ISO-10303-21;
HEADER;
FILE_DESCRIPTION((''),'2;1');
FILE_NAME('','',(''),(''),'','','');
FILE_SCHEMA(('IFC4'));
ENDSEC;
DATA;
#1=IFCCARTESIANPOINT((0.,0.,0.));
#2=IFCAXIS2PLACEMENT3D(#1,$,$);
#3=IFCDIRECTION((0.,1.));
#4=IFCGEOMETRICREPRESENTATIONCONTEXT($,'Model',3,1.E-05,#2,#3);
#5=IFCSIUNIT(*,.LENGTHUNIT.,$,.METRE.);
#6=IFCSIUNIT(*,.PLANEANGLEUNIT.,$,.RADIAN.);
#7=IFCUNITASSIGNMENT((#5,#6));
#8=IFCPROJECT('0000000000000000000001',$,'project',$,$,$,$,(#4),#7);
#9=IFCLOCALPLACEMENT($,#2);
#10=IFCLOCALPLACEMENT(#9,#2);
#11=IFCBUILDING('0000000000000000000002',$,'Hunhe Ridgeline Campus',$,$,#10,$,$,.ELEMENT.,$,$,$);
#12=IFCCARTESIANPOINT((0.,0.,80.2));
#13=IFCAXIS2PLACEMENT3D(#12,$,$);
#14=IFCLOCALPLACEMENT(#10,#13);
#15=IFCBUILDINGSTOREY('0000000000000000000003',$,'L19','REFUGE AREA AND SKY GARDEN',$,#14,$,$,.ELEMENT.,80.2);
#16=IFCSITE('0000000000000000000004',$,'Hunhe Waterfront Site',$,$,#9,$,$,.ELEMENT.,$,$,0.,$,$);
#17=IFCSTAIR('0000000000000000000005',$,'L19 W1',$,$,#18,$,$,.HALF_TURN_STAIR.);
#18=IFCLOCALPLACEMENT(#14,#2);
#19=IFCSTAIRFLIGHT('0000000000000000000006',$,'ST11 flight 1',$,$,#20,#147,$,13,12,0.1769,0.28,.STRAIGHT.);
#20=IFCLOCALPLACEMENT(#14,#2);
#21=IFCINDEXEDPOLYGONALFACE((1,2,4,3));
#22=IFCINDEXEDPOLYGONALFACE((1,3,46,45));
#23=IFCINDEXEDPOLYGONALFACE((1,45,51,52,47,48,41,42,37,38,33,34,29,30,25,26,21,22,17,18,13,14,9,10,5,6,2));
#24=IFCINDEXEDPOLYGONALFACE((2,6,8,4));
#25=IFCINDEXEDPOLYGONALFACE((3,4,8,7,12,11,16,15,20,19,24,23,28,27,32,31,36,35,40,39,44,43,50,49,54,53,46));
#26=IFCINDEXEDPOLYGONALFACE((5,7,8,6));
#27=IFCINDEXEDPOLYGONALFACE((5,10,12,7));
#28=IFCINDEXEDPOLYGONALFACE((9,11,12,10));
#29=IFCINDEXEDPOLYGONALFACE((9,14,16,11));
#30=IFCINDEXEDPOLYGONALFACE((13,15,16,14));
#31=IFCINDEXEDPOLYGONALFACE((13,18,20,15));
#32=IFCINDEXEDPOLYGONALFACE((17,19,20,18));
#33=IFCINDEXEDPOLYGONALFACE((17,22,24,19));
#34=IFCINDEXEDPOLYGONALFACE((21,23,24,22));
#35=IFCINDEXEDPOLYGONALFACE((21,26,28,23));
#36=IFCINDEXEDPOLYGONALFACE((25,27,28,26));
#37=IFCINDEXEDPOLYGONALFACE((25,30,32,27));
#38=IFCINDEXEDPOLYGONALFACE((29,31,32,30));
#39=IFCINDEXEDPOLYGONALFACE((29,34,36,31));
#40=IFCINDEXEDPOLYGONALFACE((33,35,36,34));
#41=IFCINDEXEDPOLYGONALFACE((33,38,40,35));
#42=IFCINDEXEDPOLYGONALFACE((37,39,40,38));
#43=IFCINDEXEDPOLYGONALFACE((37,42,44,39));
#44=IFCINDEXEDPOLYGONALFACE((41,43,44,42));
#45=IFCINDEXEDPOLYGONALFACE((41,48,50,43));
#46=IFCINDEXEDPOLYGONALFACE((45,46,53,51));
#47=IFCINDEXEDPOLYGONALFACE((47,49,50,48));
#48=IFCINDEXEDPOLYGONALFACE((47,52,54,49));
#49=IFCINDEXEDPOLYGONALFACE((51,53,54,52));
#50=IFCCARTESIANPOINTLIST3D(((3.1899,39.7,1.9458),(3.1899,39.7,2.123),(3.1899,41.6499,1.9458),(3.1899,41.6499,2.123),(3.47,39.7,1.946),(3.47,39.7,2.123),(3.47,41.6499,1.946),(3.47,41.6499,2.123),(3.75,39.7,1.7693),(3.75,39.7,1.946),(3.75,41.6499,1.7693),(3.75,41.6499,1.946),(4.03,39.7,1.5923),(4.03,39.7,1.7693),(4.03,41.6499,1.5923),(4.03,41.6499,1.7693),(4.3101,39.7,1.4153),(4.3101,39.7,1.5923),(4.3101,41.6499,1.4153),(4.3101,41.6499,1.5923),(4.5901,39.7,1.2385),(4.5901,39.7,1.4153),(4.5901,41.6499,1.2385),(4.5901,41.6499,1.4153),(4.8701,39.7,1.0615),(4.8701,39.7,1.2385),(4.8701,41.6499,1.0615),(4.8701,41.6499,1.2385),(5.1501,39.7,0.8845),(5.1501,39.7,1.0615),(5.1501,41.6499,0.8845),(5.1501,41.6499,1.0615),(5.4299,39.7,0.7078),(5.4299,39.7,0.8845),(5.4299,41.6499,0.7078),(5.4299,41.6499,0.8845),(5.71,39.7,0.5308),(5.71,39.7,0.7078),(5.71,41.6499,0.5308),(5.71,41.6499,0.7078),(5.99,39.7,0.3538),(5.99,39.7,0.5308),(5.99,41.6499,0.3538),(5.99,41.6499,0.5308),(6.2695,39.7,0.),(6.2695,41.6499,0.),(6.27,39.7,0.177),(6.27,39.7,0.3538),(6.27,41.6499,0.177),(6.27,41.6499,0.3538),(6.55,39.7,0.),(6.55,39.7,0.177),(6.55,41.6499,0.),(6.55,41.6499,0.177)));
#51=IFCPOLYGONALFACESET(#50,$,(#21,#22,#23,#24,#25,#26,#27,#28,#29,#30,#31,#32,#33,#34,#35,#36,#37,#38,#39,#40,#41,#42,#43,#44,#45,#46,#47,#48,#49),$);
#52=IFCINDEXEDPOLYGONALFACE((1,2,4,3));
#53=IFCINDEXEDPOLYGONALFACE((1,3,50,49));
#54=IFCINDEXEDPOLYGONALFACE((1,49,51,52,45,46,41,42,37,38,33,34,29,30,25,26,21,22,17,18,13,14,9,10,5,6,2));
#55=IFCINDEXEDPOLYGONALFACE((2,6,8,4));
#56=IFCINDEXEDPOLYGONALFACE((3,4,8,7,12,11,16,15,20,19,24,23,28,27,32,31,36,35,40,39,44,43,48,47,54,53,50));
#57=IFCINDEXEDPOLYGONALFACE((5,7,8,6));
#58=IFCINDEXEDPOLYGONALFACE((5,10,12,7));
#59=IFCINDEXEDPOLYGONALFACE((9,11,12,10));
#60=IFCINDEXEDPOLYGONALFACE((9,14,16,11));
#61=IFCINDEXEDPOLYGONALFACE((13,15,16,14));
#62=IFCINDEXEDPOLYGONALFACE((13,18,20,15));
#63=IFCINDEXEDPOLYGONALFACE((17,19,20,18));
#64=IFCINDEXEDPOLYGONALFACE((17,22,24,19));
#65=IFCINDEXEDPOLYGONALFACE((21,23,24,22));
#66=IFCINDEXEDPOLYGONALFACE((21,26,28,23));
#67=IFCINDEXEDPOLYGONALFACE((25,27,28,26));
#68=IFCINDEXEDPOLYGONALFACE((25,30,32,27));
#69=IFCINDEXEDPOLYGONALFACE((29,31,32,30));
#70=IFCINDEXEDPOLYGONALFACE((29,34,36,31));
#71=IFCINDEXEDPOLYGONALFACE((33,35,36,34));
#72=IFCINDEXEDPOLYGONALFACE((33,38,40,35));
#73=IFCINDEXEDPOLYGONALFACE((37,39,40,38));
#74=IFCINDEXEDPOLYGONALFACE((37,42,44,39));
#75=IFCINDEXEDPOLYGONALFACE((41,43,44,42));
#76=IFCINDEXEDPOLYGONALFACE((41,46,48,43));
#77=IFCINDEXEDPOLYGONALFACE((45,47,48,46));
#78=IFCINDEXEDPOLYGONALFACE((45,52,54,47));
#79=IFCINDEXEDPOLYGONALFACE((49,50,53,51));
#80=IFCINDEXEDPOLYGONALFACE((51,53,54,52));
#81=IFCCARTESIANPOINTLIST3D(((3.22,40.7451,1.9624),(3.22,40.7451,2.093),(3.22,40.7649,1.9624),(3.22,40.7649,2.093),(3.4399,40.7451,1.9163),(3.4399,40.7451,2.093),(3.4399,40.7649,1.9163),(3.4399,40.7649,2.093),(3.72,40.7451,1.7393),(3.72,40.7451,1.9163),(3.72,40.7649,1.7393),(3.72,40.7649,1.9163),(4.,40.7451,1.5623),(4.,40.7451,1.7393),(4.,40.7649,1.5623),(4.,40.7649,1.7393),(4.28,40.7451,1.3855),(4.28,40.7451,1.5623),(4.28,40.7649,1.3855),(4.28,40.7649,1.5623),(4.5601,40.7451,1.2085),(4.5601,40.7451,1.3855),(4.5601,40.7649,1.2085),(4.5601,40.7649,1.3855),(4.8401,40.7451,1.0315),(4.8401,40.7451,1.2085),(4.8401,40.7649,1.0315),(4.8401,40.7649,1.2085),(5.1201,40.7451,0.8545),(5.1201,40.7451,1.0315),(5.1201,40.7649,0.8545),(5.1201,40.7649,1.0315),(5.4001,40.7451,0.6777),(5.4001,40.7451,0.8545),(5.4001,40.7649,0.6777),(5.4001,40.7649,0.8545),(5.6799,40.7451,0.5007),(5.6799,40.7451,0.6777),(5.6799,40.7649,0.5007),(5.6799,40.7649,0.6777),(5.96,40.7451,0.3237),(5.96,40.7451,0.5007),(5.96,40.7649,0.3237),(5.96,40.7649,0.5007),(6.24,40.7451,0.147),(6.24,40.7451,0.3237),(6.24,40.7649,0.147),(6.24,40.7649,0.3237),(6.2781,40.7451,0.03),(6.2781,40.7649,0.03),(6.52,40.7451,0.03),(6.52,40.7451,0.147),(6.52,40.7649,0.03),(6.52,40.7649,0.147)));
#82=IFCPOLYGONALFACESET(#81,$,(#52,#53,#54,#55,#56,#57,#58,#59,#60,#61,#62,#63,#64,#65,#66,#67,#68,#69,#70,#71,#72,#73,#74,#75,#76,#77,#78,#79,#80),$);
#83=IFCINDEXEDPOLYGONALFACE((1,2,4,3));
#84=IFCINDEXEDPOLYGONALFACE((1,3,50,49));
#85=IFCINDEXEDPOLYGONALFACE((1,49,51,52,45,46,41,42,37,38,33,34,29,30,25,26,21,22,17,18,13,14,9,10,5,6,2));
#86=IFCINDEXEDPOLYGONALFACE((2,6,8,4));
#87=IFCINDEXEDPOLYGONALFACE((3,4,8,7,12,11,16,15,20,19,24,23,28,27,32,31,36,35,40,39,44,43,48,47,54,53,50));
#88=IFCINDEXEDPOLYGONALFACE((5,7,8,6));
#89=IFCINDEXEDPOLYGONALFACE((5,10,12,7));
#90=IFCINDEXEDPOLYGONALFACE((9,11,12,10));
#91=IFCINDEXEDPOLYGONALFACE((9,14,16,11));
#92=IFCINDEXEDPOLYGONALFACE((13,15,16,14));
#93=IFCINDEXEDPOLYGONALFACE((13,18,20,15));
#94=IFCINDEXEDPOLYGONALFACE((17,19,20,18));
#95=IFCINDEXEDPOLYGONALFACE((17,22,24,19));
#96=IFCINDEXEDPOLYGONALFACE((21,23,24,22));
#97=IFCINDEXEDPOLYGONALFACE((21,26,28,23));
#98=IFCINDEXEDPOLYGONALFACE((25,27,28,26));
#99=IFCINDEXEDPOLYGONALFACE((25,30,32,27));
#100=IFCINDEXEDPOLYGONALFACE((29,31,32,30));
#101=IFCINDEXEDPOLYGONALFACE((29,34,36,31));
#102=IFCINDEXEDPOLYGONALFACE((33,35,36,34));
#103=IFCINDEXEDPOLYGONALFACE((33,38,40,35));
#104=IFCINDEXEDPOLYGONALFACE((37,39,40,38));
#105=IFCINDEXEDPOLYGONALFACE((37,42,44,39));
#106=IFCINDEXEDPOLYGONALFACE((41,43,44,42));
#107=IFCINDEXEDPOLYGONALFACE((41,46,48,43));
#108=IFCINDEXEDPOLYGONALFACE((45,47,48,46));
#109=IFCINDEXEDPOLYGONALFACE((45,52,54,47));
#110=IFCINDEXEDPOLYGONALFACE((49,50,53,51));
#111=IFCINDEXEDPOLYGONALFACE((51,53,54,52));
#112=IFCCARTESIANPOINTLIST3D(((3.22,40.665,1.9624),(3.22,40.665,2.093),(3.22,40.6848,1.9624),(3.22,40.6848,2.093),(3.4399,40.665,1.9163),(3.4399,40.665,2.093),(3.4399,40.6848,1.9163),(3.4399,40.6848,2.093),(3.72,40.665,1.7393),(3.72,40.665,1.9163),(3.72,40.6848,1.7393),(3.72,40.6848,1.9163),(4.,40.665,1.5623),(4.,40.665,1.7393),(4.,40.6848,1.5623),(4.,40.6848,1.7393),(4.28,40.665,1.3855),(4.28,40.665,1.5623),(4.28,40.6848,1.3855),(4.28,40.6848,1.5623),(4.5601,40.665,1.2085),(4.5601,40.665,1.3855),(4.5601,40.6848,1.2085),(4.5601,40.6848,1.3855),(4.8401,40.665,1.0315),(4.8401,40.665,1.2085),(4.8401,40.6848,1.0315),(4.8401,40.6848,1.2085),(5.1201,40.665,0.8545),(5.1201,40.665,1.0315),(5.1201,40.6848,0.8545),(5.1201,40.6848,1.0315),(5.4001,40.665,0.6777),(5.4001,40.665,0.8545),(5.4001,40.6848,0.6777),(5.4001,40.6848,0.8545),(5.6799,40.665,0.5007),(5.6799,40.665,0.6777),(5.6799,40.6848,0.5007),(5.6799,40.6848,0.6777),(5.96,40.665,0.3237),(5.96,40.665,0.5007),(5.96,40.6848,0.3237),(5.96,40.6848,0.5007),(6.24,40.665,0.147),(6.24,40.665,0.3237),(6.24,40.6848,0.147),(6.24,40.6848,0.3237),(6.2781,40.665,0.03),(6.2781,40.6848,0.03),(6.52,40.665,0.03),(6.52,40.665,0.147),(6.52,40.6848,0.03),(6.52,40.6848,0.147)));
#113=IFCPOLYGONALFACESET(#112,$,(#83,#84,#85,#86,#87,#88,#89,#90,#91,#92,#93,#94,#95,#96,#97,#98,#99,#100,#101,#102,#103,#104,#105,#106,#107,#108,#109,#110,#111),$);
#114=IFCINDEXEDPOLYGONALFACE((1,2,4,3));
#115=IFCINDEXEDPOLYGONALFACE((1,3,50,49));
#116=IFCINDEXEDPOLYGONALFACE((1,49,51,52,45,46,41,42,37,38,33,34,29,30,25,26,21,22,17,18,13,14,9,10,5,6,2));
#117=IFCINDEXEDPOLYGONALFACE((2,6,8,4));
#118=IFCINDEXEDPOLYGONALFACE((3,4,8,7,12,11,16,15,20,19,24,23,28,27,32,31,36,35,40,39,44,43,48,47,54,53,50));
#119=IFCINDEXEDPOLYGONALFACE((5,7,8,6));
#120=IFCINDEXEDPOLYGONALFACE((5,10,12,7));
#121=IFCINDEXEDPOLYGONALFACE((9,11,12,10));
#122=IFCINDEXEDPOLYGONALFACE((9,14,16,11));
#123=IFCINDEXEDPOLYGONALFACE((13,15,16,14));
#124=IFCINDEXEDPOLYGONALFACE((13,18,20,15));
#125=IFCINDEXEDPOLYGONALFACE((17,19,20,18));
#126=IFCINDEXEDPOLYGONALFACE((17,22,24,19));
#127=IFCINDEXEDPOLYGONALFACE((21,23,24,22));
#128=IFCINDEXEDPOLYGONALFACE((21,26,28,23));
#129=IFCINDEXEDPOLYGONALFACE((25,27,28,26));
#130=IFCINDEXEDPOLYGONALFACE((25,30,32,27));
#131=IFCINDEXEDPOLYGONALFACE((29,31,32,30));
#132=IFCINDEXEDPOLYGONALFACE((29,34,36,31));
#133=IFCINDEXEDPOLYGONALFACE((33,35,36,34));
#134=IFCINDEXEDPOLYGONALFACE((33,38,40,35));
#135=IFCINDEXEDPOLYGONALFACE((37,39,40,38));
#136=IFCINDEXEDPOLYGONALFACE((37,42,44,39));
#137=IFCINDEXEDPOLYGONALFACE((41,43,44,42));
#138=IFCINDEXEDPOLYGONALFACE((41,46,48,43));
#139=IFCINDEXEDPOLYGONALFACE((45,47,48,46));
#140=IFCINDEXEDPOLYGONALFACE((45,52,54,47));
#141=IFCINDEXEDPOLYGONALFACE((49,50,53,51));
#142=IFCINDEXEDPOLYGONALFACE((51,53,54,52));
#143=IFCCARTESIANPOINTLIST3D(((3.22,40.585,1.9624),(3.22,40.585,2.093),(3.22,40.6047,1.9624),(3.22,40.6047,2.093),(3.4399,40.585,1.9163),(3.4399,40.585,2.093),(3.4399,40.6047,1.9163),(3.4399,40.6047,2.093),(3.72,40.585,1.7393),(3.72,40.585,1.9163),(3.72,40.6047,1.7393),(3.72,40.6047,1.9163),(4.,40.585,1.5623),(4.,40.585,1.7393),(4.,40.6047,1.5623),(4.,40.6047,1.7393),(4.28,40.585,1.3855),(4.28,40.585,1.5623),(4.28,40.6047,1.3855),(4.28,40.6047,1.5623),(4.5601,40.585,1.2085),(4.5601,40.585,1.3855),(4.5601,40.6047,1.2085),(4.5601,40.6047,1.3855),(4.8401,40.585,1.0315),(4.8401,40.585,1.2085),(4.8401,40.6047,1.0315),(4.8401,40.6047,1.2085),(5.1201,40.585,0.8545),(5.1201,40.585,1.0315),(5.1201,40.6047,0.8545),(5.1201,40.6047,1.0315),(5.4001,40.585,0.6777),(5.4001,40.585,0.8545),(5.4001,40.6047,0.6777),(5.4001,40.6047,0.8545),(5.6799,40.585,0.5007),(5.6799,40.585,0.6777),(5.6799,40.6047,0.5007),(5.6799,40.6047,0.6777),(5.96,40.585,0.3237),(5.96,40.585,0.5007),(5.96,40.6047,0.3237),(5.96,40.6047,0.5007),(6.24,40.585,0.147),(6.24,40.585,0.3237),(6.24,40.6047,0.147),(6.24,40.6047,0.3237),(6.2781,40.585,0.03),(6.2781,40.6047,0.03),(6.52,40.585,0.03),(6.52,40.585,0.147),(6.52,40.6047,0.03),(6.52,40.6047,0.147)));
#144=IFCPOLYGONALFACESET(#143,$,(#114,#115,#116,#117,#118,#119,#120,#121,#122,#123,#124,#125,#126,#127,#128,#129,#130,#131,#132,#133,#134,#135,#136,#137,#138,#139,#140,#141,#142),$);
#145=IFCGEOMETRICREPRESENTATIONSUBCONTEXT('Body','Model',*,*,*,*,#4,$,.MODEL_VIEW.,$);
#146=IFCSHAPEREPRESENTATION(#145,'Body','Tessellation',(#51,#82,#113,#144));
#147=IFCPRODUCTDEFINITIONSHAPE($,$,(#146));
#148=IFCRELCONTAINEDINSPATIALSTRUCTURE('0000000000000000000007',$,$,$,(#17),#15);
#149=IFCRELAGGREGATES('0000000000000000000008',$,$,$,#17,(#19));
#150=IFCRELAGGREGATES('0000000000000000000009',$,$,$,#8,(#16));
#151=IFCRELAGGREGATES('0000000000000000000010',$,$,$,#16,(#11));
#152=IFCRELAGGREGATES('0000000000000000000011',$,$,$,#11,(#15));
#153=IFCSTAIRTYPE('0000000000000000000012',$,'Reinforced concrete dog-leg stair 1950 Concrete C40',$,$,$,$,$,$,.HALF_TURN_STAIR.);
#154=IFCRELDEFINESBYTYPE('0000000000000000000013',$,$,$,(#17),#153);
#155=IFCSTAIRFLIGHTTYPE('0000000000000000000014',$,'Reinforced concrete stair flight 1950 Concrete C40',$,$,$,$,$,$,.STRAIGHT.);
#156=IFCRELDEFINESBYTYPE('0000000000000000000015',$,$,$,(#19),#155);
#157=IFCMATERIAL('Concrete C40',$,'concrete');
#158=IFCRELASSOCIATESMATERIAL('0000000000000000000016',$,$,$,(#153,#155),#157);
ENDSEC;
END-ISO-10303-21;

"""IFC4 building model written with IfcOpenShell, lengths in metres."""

from ifc_helpers import new_model, si_unit, direction, frame, origin, place, context, subcontext, project, spatial, polyline, outline, extrude, material, type_object, element, aggregate, save


model = new_model("IFC4")

# Units and contexts
model_context = context("Model", 3, precision=1e-05, world=origin(), true_north=direction((0.0, 1.0)))
body_context = subcontext(model_context, "Body", "Model", "MODEL_VIEW")
ifc_project = project(units=[si_unit("LENGTHUNIT", "METRE"), si_unit("PLANEANGLEUNIT", "RADIAN")], contexts=[model_context])

# Site, building, storey
site_placement = place(None, origin())
site = spatial("IfcSite", under=ifc_project, at=site_placement, Name="Hunhe Waterfront Site", CompositionType="ELEMENT", RefElevation=0.0)
building_placement = place(site_placement, origin())
building = spatial("IfcBuilding", under=site, at=building_placement, Name="Hunhe Ridgeline Campus", CompositionType="ELEMENT")
storey_placement = place(building_placement, frame((0.0, 0.0, 80.2)))
storey = spatial("IfcBuildingStorey", under=building, at=storey_placement, Name="L19", Description="REFUGE AREA AND SKY GARDEN", CompositionType="ELEMENT", Elevation=80.2)

# Stair, stair flight
ifc_material_1 = material(Name="Concrete C40", Category="concrete")
stair_type = type_object("IfcStairType", Name="Reinforced concrete dog-leg stair 1950 Concrete C40", PredefinedType="HALF_TURN_STAIR", material=ifc_material_1)
stair_placement = place(storey_placement, origin())
stair = element("IfcStair", 1, at=stair_placement, inside=storey, type_object=stair_type, Name="L19 W1", PredefinedType="HALF_TURN_STAIR")
stair_flight_type = type_object("IfcStairFlightType", Name="Reinforced concrete stair flight 1950 Concrete C40", PredefinedType="STRAIGHT", material=ifc_material_1)
stair_flight_1_placement = place(storey_placement, frame((6.55, 40.675, 0.0), z_axis=(0.0, 0.0, 1.0), x_axis=(-1.0, 0.0, 0.0)))
stair_flight_1 = element("IfcStairFlight", 2, at=stair_flight_1_placement, type_object=stair_flight_type, Name="ST11 flight 1", NumberOfRisers=13, NumberOfTreads=12, PredefinedType="STRAIGHT", RiserHeight=0.1769, TreadLength=0.28, context=body_context, shape_type="SweptSolid", body=[
    extrude(outline(polyline([(0.0, 0.0), (0.0, 0.177), (0.28, 0.177), (0.28, 0.3538), (0.5601, 0.3538), (0.5601, 0.5308), (0.8401, 0.5308), (0.8401, 0.7078), (1.1201, 0.7078), (1.1201, 0.8845), (1.3999, 0.8845), (1.3999, 1.0615), (1.6799, 1.0615), (1.6799, 1.2385), (1.96, 1.2385), (1.96, 1.4153), (2.24, 1.4153), (2.24, 1.5923), (2.52, 1.5923), (2.52, 1.7693), (2.8, 1.7693), (2.8, 1.946), (3.0801, 1.946), (3.0801, 2.123), (3.3601, 2.123), (3.3601, 2.3), (3.3601, 1.9458), (0.2805, 0.0), (0.0, 0.0)])), frame((0.0, 0.9751, 0.0), z_axis=(0.0, -1.0, 0.0), x_axis=(1.0, 0.0, 0.0)), (0.0, 0.0, 1.0), 1.95),
    extrude(outline(polyline([(0.03, 0.03), (0.03, 0.147), (0.3101, 0.147), (0.3101, 0.3237), (0.5901, 0.3237), (0.5901, 0.5007), (0.8701, 0.5007), (0.8701, 0.6777), (1.1499, 0.6777), (1.1499, 0.8545), (1.4299, 0.8545), (1.4299, 1.0315), (1.71, 1.0315), (1.71, 1.2085), (1.99, 1.2085), (1.99, 1.3855), (2.27, 1.3855), (2.27, 1.5623), (2.55, 1.5623), (2.55, 1.7393), (2.8301, 1.7393), (2.8301, 1.9163), (3.1101, 1.9163), (3.1101, 2.093), (3.3301, 2.093), (3.3301, 1.9624), (0.272, 0.03), (0.03, 0.03)])), frame((0.0, -0.0701, 0.0), z_axis=(0.0, -1.0, 0.0), x_axis=(1.0, 0.0, 0.0)), (0.0, 0.0, 1.0), 0.0198),
    extrude(outline(polyline([(0.03, 0.03), (0.03, 0.147), (0.3101, 0.147), (0.3101, 0.3237), (0.5901, 0.3237), (0.5901, 0.5007), (0.8701, 0.5007), (0.8701, 0.6777), (1.1499, 0.6777), (1.1499, 0.8545), (1.4299, 0.8545), (1.4299, 1.0315), (1.71, 1.0315), (1.71, 1.2085), (1.99, 1.2085), (1.99, 1.3855), (2.27, 1.3855), (2.27, 1.5623), (2.55, 1.5623), (2.55, 1.7393), (2.8301, 1.7393), (2.8301, 1.9163), (3.1101, 1.9163), (3.1101, 2.093), (3.3301, 2.093), (3.3301, 1.9624), (0.272, 0.03), (0.03, 0.03)])), frame((0.0, 0.01, 0.0), z_axis=(0.0, -1.0, 0.0), x_axis=(1.0, 0.0, 0.0)), (0.0, 0.0, 1.0), 0.0198),
    extrude(outline(polyline([(0.03, 0.03), (0.03, 0.147), (0.3101, 0.147), (0.3101, 0.3237), (0.5901, 0.3237), (0.5901, 0.5007), (0.8701, 0.5007), (0.8701, 0.6777), (1.1499, 0.6777), (1.1499, 0.8545), (1.4299, 0.8545), (1.4299, 1.0315), (1.71, 1.0315), (1.71, 1.2085), (1.99, 1.2085), (1.99, 1.3855), (2.27, 1.3855), (2.27, 1.5623), (2.55, 1.5623), (2.55, 1.7393), (2.8301, 1.7393), (2.8301, 1.9163), (3.1101, 1.9163), (3.1101, 2.093), (3.3301, 2.093), (3.3301, 1.9624), (0.272, 0.03), (0.03, 0.03)])), frame((0.0, 0.0901, 0.0), z_axis=(0.0, -1.0, 0.0), x_axis=(1.0, 0.0, 0.0)), (0.0, 0.0, 1.0), 0.0198),
])
aggregate(stair, [stair_flight_1])

save(model, "model.ifc")
